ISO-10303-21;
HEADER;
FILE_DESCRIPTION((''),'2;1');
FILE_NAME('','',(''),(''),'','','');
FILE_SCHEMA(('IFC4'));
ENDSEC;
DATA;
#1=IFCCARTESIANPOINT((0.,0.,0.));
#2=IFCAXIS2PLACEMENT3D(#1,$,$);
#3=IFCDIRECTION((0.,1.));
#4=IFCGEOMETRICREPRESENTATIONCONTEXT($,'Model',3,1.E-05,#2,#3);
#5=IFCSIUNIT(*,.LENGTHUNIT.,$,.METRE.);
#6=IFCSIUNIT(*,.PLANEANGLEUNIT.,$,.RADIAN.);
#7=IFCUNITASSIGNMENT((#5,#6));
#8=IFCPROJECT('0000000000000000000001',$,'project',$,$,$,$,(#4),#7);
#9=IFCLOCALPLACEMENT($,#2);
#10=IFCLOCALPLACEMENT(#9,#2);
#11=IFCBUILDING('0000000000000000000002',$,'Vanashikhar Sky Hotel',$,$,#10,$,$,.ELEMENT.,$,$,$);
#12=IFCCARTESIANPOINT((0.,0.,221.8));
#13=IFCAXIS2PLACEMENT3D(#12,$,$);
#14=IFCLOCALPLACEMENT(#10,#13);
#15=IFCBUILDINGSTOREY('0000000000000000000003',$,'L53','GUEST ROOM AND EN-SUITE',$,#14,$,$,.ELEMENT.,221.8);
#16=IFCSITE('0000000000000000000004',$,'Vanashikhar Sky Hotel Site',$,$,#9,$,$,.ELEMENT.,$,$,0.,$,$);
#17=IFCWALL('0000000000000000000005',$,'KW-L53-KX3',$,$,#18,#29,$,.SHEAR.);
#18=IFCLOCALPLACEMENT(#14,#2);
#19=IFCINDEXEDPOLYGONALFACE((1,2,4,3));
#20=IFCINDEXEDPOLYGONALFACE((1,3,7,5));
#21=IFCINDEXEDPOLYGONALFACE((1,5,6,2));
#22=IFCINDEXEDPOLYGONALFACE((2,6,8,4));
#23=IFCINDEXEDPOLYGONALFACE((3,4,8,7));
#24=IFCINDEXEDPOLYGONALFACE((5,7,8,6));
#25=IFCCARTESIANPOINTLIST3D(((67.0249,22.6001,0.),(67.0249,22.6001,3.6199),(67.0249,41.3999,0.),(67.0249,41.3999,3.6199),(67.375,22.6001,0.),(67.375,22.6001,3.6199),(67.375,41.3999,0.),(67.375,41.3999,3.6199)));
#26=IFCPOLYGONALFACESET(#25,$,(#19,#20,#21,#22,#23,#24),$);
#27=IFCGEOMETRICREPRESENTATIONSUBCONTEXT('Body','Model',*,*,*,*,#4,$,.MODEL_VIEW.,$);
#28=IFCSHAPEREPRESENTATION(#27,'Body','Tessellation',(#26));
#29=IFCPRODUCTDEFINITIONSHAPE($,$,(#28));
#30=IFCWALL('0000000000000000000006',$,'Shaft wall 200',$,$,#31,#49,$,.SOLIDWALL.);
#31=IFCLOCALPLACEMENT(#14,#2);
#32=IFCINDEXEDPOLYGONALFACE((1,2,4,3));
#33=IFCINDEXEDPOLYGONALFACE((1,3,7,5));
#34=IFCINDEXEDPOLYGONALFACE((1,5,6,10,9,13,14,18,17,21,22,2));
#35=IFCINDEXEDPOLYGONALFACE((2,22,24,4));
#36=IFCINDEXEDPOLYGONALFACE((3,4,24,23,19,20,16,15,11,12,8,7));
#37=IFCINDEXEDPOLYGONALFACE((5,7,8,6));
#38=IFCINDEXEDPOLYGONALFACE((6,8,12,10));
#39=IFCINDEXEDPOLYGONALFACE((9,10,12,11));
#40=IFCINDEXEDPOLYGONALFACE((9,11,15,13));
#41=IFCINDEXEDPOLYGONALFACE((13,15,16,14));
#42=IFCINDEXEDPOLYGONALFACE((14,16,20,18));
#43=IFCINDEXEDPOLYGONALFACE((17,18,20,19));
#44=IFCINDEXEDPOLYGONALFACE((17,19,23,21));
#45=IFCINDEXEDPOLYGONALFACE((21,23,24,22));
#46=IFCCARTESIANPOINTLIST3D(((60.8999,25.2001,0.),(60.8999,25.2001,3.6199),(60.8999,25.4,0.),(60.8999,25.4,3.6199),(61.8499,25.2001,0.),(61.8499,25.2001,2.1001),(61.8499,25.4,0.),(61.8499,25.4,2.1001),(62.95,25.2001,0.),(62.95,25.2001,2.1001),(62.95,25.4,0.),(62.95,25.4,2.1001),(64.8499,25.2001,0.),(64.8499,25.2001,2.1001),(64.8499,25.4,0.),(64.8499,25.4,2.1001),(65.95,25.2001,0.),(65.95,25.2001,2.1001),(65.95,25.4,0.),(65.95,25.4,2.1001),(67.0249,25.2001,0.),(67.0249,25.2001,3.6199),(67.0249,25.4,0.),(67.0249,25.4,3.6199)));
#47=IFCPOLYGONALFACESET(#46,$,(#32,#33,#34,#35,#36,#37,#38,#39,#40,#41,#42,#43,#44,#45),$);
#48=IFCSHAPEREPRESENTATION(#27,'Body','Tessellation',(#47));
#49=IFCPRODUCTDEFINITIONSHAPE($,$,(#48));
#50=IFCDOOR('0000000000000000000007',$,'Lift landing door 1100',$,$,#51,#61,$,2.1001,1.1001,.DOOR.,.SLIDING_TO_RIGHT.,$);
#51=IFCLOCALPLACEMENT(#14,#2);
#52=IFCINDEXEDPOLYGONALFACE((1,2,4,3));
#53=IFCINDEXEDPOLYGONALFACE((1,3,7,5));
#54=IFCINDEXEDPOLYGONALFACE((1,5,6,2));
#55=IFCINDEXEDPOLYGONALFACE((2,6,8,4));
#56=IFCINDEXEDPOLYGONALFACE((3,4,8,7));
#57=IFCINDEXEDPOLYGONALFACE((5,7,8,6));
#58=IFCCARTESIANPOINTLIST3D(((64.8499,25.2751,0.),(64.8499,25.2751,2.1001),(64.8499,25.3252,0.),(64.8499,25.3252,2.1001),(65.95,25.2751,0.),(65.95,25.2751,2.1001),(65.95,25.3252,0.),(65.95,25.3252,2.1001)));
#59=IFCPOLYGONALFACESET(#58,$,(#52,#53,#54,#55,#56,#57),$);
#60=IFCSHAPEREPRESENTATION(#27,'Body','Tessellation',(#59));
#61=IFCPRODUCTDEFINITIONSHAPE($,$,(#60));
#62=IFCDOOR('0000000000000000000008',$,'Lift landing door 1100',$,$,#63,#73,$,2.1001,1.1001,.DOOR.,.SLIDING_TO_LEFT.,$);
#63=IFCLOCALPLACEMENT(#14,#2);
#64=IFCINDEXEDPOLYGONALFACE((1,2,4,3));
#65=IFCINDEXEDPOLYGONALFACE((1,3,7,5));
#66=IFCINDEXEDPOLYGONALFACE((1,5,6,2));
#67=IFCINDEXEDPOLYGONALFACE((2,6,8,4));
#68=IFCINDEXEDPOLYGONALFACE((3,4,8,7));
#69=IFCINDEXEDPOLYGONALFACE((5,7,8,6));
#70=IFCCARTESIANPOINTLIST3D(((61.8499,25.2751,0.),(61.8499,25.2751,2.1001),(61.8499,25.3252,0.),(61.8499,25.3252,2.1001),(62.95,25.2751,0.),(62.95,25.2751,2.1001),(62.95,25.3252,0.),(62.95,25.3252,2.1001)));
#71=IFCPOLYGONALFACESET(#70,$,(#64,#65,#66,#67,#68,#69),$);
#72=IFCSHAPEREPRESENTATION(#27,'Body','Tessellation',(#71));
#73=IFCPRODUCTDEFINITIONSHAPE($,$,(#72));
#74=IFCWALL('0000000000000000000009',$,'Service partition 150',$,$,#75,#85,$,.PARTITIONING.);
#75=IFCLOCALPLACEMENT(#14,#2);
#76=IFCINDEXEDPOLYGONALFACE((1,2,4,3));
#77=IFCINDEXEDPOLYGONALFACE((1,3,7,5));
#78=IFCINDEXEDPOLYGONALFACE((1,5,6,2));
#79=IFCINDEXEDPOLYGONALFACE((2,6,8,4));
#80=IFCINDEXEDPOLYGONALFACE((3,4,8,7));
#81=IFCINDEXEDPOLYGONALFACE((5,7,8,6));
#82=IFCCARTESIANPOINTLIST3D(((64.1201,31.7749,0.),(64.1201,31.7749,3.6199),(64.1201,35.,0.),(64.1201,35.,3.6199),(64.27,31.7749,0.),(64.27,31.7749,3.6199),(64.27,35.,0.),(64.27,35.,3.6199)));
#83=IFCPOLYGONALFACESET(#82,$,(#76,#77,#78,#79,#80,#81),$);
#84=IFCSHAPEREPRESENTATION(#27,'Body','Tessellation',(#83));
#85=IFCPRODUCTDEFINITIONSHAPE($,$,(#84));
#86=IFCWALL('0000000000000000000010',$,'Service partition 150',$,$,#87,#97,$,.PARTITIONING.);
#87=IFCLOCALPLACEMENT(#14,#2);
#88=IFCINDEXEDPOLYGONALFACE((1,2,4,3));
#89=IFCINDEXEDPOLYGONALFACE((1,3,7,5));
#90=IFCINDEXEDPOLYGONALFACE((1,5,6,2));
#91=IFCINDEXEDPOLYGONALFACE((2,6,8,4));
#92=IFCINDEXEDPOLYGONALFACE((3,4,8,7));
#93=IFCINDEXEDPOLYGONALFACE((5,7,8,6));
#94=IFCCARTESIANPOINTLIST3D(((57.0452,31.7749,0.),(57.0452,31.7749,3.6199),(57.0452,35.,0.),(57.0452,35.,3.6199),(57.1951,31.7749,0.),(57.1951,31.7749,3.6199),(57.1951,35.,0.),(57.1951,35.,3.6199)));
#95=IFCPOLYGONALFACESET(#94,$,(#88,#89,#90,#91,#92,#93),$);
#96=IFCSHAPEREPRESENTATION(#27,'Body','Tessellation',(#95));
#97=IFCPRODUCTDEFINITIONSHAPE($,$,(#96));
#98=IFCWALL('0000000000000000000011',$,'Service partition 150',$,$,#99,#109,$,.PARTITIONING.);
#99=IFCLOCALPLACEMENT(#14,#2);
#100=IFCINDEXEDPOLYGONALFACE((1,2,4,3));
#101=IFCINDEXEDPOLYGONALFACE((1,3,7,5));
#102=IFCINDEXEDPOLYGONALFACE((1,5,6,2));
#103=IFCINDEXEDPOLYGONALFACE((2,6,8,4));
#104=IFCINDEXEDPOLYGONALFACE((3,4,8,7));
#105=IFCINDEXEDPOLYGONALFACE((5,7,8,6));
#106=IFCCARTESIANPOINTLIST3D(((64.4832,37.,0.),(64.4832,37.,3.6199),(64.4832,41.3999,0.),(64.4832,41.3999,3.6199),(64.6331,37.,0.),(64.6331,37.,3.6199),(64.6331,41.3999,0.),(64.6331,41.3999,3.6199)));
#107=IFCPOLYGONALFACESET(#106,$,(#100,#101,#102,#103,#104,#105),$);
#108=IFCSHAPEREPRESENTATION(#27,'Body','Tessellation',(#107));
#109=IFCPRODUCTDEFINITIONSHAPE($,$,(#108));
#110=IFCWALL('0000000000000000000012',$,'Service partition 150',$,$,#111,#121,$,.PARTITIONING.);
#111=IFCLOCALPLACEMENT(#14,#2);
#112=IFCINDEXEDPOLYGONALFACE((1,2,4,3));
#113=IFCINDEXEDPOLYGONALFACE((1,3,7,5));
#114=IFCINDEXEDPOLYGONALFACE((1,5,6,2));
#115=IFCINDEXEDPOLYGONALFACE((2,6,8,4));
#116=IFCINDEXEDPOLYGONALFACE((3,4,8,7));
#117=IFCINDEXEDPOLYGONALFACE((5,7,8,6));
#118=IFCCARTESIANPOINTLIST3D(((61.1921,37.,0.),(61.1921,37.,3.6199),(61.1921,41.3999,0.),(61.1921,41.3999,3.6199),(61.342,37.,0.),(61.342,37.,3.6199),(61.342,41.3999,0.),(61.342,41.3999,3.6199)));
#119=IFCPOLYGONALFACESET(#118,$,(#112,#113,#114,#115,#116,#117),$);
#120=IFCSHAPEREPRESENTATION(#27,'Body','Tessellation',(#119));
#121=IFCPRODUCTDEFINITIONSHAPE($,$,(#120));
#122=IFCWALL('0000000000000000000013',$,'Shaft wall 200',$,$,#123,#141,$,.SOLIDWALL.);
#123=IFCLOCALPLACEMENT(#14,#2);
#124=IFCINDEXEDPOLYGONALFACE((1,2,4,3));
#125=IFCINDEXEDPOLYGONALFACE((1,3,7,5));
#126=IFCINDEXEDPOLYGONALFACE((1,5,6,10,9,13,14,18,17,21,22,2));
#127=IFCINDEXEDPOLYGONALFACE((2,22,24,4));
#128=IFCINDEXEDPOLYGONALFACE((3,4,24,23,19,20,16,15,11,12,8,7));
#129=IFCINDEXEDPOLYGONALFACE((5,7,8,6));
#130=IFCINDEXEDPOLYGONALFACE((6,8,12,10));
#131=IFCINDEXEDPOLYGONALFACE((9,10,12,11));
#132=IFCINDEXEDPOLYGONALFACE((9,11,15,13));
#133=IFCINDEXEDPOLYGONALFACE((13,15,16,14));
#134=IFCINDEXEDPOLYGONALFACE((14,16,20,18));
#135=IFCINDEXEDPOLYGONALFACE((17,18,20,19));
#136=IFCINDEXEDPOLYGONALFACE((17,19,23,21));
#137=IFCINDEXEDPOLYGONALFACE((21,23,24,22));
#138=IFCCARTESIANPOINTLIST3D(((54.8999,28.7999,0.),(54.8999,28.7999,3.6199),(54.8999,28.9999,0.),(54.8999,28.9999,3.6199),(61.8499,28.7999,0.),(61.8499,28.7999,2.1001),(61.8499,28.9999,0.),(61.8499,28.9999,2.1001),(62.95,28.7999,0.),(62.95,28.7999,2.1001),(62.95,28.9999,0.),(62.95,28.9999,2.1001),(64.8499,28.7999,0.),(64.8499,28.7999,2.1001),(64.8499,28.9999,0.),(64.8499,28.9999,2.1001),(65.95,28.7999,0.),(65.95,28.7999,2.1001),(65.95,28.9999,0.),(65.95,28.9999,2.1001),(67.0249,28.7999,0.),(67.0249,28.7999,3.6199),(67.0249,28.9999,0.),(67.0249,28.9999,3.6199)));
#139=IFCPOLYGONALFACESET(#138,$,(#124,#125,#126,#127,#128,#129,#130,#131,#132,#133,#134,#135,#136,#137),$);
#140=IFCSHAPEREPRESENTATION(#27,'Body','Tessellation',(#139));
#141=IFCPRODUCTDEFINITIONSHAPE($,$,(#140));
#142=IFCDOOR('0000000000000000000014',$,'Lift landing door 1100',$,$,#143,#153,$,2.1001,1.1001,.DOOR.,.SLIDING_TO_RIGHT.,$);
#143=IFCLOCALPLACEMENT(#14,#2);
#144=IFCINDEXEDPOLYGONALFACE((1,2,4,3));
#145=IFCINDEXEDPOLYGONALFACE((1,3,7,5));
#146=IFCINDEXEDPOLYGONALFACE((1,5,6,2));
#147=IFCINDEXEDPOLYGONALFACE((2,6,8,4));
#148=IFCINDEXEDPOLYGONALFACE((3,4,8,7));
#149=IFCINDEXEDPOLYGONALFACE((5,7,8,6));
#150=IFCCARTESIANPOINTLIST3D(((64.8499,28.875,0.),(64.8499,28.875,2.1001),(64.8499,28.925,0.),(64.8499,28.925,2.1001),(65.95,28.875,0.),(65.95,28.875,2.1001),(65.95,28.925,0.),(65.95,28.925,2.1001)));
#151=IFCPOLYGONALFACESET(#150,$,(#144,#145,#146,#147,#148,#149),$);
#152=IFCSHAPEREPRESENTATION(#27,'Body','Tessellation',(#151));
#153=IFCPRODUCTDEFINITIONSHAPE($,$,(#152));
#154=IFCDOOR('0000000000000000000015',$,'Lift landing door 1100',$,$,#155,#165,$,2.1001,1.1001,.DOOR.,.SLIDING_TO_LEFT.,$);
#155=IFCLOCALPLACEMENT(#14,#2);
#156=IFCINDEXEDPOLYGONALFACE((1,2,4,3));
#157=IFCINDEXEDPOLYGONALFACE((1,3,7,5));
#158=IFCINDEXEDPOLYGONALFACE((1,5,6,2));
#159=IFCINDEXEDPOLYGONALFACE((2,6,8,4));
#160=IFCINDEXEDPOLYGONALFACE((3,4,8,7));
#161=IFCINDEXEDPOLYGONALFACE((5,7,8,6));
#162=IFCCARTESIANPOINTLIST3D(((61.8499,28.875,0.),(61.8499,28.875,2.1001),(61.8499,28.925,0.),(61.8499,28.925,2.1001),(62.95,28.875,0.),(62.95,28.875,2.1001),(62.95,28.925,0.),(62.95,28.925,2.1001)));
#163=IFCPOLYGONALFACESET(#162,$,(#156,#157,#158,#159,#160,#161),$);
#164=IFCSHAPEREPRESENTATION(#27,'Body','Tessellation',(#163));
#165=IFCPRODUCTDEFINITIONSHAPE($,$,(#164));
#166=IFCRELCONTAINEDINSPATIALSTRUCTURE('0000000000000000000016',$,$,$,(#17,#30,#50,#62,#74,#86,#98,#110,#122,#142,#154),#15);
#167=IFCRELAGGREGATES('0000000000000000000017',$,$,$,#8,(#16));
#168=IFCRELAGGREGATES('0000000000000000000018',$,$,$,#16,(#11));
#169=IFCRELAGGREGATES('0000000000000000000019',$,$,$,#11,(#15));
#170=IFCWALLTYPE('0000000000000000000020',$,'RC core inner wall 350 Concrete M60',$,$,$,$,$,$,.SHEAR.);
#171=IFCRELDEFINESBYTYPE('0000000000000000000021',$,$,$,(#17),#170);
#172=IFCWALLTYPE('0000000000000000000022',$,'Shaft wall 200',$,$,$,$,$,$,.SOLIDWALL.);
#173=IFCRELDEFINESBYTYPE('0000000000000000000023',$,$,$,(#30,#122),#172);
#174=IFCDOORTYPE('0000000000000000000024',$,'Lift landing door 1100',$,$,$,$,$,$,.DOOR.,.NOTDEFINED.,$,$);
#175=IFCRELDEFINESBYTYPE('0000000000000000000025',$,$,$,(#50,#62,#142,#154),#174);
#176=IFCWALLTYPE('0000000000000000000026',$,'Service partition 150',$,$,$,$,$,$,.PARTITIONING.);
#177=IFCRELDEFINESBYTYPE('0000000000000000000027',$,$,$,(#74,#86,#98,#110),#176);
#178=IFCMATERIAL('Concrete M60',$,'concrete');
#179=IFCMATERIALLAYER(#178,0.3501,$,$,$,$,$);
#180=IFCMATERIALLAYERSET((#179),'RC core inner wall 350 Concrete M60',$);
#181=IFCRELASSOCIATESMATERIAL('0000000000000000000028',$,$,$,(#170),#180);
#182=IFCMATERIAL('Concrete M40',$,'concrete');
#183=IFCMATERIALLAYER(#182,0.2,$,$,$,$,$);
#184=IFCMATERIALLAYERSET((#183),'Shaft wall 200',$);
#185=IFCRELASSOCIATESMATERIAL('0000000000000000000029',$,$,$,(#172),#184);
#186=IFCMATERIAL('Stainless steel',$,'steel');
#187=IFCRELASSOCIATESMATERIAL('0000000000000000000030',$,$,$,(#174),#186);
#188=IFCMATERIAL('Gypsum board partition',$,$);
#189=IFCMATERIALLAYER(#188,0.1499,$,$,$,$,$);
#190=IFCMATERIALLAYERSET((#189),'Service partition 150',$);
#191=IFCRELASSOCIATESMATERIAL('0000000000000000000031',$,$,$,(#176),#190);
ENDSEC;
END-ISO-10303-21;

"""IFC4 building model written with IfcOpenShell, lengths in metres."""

from ifc_helpers import new_model, si_unit, direction, frame, frame_2d, origin, place, context, subcontext, project, spatial, rectangle, extrude, source, transform, mapped, material, layer, layer_set, type_object, element, fill, save


model = new_model("IFC4")

# Units and contexts
model_context = context("Model", 3, precision=1e-05, world=origin(), true_north=direction((0.0, 1.0)))
body_context = subcontext(model_context, "Body", "Model", "MODEL_VIEW")
ifc_project = project(units=[si_unit("LENGTHUNIT", "METRE"), si_unit("PLANEANGLEUNIT", "RADIAN")], contexts=[model_context])

# Site, building, storey
site_placement = place(None, origin())
site = spatial("IfcSite", under=ifc_project, at=site_placement, Name="Vanashikhar Sky Hotel Site", CompositionType="ELEMENT", RefElevation=0.0)
building_placement = place(site_placement, origin())
building = spatial("IfcBuilding", under=site, at=building_placement, Name="Vanashikhar Sky Hotel", CompositionType="ELEMENT")
storey_placement = place(building_placement, frame((0.0, 0.0, 221.8)))
storey = spatial("IfcBuildingStorey", under=building, at=storey_placement, Name="L53", Description="GUEST ROOM AND EN-SUITE", CompositionType="ELEMENT", Elevation=221.8)

# Wall
ifc_material_1 = material(Name="Concrete M60", Category="concrete")
ifc_layer_1 = layer(ifc_material_1, 0.3501)
ifc_layer_set_1 = layer_set([ifc_layer_1], Name="RC core inner wall 350 Concrete M60")
wall_type_1 = type_object("IfcWallType", Name="RC core inner wall 350 Concrete M60", PredefinedType="SHEAR", material=ifc_layer_set_1)
shared_shape_1 = source(origin(), body_context, "Body", "SweptSolid", [
    extrude(rectangle(XDim=18.7998, YDim=0.3501, at=frame_2d((9.3999, 0.0))), origin(), (0.0, 0.0, 1.0), 3.6199),
])
wall_1_placement = place(storey_placement, frame((67.2, 22.6001, 0.0), z_axis=(0.0, 0.0, 1.0), x_axis=(0.0, 1.0, 0.0)))
element("IfcWall", 1, at=wall_1_placement, inside=storey, type_object=wall_type_1, Name="KW-L53-KX3", PredefinedType="SHEAR", context=body_context, shape_type="MappedRepresentation", body=[
    mapped(shared_shape_1, transform((0.0, 0.0, 0.0), scale=1.0)),
])

# Wall, openings, doors
ifc_material_2 = material(Name="Concrete M40", Category="concrete")
ifc_layer_2 = layer(ifc_material_2, 0.2)
ifc_layer_set_2 = layer_set([ifc_layer_2], Name="Shaft wall 200")
wall_type_2 = type_object("IfcWallType", Name="Shaft wall 200", PredefinedType="SOLIDWALL", material=ifc_layer_set_2)
shared_shape_2 = source(origin(), body_context, "Body", "SweptSolid", [
    extrude(rectangle(XDim=6.125, YDim=0.2, at=frame_2d((3.0625, 0.0))), origin(), (0.0, 0.0, 1.0), 3.6199),
])
wall_2_placement = place(storey_placement, frame((67.0249, 25.3, 0.0), z_axis=(0.0, 0.0, 1.0), x_axis=(-1.0, 0.0, 0.0)))
wall_2 = element("IfcWall", 2, at=wall_2_placement, inside=storey, type_object=wall_type_2, Name="Shaft wall 200", PredefinedType="SOLIDWALL", context=body_context, shape_type="MappedRepresentation", body=[
    mapped(shared_shape_2, transform((0.0, 0.0, 0.0), scale=1.0)),
])
shared_shape_3 = source(origin(), body_context, "Body", "SweptSolid", [
    extrude(rectangle(XDim=1.1001, YDim=2.1001, at=frame_2d((0.55, 1.05))), frame((0.0, 0.1099, 0.0), z_axis=(0.0, -1.0, 0.0), x_axis=(1.0, 0.0, 0.0)), (0.0, 0.0, 1.0), 0.22),
])
opening_1_placement = place(wall_2_placement, frame((1.075, 0.0, 0.0)))
opening_1 = element("IfcOpeningElement", 3, at=opening_1_placement, cuts=wall_2, PredefinedType="OPENING", context=body_context, shape_type="MappedRepresentation", body=[
    mapped(shared_shape_3, transform((0.0, 0.0, 0.0), scale=1.0)),
])
opening_2_placement = place(wall_2_placement, frame((4.075, 0.0, 0.0)))
opening_2 = element("IfcOpeningElement", 4, at=opening_2_placement, cuts=wall_2, PredefinedType="OPENING", context=body_context, shape_type="MappedRepresentation", body=[
    mapped(shared_shape_3, transform((0.0, 0.0, 0.0), scale=1.0)),
])
ifc_material_3 = material(Name="Stainless steel", Category="steel")
door_type_1 = type_object("IfcDoorType", Name="Lift landing door 1100", OperationType="NOTDEFINED", PredefinedType="DOOR", material=ifc_material_3)
shared_shape_4 = source(origin(), body_context, "Body", "SweptSolid", [
    extrude(rectangle(XDim=1.1001, YDim=2.1001, at=frame_2d((0.55, 1.05))), frame((0.0, 0.0249, 0.0), z_axis=(0.0, -1.0, 0.0), x_axis=(1.0, 0.0, 0.0)), (0.0, 0.0, 1.0), 0.05),
])
door_1_placement = place(opening_1_placement, origin())
door_1 = element("IfcDoor", 5, at=door_1_placement, inside=storey, type_object=door_type_1, Name="Lift landing door 1100", OperationType="SLIDING_TO_RIGHT", OverallHeight=2.1001, OverallWidth=1.1001, PredefinedType="DOOR", context=body_context, shape_type="MappedRepresentation", body=[
    mapped(shared_shape_4, transform((0.0, 0.0, 0.0), scale=1.0)),
])
fill(opening_1, door_1)
door_2_placement = place(opening_2_placement, origin())
door_2 = element("IfcDoor", 6, at=door_2_placement, inside=storey, type_object=door_type_1, Name="Lift landing door 1100", OperationType="SLIDING_TO_LEFT", OverallHeight=2.1001, OverallWidth=1.1001, PredefinedType="DOOR", context=body_context, shape_type="MappedRepresentation", body=[
    mapped(shared_shape_4, transform((0.0, 0.0, 0.0), scale=1.0)),
])
fill(opening_2, door_2)

# Walls
ifc_material_4 = material(Name="Gypsum board partition")
ifc_layer_3 = layer(ifc_material_4, 0.1499)
ifc_layer_set_3 = layer_set([ifc_layer_3], Name="Service partition 150")
wall_type_3 = type_object("IfcWallType", Name="Service partition 150", PredefinedType="PARTITIONING", material=ifc_layer_set_3)
shared_shape_5 = source(origin(), body_context, "Body", "SweptSolid", [
    extrude(rectangle(XDim=3.2251, YDim=0.1499, at=frame_2d((1.6125, 0.0))), origin(), (0.0, 0.0, 1.0), 3.6199),
])
for number, where, z_axis, x_axis, name in (
    (7, (64.1951, 31.7749, 0.0), (0.0, 0.0, 1.0), (0.0, 1.0, 0.0), "Service partition 150"),
    (8, (57.1201, 31.7749, 0.0), (0.0, 0.0, 1.0), (0.0, 1.0, 0.0), "Service partition 150"),
):
    element("IfcWall", number, at=place(storey_placement, frame(where, z_axis=z_axis, x_axis=x_axis)), inside=storey, type_object=wall_type_3, Name=name, PredefinedType="PARTITIONING", context=body_context, shape_type="MappedRepresentation", body=[
        mapped(shared_shape_5, transform((0.0, 0.0, 0.0), scale=1.0)),
    ])
shared_shape_6 = source(origin(), body_context, "Body", "SweptSolid", [
    extrude(rectangle(XDim=4.3999, YDim=0.1499, at=frame_2d((2.2, 0.0))), origin(), (0.0, 0.0, 1.0), 3.6199),
])
for number, where, z_axis, x_axis, name in (
    (9, (64.5581, 37.0, 0.0), (0.0, 0.0, 1.0), (0.0, 1.0, 0.0), "Service partition 150"),
    (10, (61.2671, 37.0, 0.0), (0.0, 0.0, 1.0), (0.0, 1.0, 0.0), "Service partition 150"),
):
    element("IfcWall", number, at=place(storey_placement, frame(where, z_axis=z_axis, x_axis=x_axis)), inside=storey, type_object=wall_type_3, Name=name, PredefinedType="PARTITIONING", context=body_context, shape_type="MappedRepresentation", body=[
        mapped(shared_shape_6, transform((0.0, 0.0, 0.0), scale=1.0)),
    ])

# Wall, openings, doors
shared_shape_7 = source(origin(), body_context, "Body", "SweptSolid", [
    extrude(rectangle(XDim=12.125, YDim=0.2, at=frame_2d((6.0625, 0.0))), origin(), (0.0, 0.0, 1.0), 3.6199),
])
wall_3_placement = place(storey_placement, frame((67.0249, 28.8999, 0.0), z_axis=(0.0, 0.0, 1.0), x_axis=(-1.0, 0.0, 0.0)))
wall_3 = element("IfcWall", 11, at=wall_3_placement, inside=storey, type_object=wall_type_2, Name="Shaft wall 200", PredefinedType="SOLIDWALL", context=body_context, shape_type="MappedRepresentation", body=[
    mapped(shared_shape_7, transform((0.0, 0.0, 0.0), scale=1.0)),
])
opening_3_placement = place(wall_3_placement, frame((1.075, 0.0, 0.0)))
opening_3 = element("IfcOpeningElement", 12, at=opening_3_placement, cuts=wall_3, PredefinedType="OPENING", context=body_context, shape_type="MappedRepresentation", body=[
    mapped(shared_shape_3, transform((0.0, 0.0, 0.0), scale=1.0)),
])
opening_4_placement = place(wall_3_placement, frame((4.075, 0.0, 0.0)))
opening_4 = element("IfcOpeningElement", 13, at=opening_4_placement, cuts=wall_3, PredefinedType="OPENING", context=body_context, shape_type="MappedRepresentation", body=[
    mapped(shared_shape_3, transform((0.0, 0.0, 0.0), scale=1.0)),
])
door_3_placement = place(opening_3_placement, origin())
door_3 = element("IfcDoor", 14, at=door_3_placement, inside=storey, type_object=door_type_1, Name="Lift landing door 1100", OperationType="SLIDING_TO_RIGHT", OverallHeight=2.1001, OverallWidth=1.1001, PredefinedType="DOOR", context=body_context, shape_type="MappedRepresentation", body=[
    mapped(shared_shape_4, transform((0.0, 0.0, 0.0), scale=1.0)),
])
fill(opening_3, door_3)
door_4_placement = place(opening_4_placement, origin())
door_4 = element("IfcDoor", 15, at=door_4_placement, inside=storey, type_object=door_type_1, Name="Lift landing door 1100", OperationType="SLIDING_TO_LEFT", OverallHeight=2.1001, OverallWidth=1.1001, PredefinedType="DOOR", context=body_context, shape_type="MappedRepresentation", body=[
    mapped(shared_shape_4, transform((0.0, 0.0, 0.0), scale=1.0)),
])
fill(opening_4, door_4)

save(model, "model.ifc")
